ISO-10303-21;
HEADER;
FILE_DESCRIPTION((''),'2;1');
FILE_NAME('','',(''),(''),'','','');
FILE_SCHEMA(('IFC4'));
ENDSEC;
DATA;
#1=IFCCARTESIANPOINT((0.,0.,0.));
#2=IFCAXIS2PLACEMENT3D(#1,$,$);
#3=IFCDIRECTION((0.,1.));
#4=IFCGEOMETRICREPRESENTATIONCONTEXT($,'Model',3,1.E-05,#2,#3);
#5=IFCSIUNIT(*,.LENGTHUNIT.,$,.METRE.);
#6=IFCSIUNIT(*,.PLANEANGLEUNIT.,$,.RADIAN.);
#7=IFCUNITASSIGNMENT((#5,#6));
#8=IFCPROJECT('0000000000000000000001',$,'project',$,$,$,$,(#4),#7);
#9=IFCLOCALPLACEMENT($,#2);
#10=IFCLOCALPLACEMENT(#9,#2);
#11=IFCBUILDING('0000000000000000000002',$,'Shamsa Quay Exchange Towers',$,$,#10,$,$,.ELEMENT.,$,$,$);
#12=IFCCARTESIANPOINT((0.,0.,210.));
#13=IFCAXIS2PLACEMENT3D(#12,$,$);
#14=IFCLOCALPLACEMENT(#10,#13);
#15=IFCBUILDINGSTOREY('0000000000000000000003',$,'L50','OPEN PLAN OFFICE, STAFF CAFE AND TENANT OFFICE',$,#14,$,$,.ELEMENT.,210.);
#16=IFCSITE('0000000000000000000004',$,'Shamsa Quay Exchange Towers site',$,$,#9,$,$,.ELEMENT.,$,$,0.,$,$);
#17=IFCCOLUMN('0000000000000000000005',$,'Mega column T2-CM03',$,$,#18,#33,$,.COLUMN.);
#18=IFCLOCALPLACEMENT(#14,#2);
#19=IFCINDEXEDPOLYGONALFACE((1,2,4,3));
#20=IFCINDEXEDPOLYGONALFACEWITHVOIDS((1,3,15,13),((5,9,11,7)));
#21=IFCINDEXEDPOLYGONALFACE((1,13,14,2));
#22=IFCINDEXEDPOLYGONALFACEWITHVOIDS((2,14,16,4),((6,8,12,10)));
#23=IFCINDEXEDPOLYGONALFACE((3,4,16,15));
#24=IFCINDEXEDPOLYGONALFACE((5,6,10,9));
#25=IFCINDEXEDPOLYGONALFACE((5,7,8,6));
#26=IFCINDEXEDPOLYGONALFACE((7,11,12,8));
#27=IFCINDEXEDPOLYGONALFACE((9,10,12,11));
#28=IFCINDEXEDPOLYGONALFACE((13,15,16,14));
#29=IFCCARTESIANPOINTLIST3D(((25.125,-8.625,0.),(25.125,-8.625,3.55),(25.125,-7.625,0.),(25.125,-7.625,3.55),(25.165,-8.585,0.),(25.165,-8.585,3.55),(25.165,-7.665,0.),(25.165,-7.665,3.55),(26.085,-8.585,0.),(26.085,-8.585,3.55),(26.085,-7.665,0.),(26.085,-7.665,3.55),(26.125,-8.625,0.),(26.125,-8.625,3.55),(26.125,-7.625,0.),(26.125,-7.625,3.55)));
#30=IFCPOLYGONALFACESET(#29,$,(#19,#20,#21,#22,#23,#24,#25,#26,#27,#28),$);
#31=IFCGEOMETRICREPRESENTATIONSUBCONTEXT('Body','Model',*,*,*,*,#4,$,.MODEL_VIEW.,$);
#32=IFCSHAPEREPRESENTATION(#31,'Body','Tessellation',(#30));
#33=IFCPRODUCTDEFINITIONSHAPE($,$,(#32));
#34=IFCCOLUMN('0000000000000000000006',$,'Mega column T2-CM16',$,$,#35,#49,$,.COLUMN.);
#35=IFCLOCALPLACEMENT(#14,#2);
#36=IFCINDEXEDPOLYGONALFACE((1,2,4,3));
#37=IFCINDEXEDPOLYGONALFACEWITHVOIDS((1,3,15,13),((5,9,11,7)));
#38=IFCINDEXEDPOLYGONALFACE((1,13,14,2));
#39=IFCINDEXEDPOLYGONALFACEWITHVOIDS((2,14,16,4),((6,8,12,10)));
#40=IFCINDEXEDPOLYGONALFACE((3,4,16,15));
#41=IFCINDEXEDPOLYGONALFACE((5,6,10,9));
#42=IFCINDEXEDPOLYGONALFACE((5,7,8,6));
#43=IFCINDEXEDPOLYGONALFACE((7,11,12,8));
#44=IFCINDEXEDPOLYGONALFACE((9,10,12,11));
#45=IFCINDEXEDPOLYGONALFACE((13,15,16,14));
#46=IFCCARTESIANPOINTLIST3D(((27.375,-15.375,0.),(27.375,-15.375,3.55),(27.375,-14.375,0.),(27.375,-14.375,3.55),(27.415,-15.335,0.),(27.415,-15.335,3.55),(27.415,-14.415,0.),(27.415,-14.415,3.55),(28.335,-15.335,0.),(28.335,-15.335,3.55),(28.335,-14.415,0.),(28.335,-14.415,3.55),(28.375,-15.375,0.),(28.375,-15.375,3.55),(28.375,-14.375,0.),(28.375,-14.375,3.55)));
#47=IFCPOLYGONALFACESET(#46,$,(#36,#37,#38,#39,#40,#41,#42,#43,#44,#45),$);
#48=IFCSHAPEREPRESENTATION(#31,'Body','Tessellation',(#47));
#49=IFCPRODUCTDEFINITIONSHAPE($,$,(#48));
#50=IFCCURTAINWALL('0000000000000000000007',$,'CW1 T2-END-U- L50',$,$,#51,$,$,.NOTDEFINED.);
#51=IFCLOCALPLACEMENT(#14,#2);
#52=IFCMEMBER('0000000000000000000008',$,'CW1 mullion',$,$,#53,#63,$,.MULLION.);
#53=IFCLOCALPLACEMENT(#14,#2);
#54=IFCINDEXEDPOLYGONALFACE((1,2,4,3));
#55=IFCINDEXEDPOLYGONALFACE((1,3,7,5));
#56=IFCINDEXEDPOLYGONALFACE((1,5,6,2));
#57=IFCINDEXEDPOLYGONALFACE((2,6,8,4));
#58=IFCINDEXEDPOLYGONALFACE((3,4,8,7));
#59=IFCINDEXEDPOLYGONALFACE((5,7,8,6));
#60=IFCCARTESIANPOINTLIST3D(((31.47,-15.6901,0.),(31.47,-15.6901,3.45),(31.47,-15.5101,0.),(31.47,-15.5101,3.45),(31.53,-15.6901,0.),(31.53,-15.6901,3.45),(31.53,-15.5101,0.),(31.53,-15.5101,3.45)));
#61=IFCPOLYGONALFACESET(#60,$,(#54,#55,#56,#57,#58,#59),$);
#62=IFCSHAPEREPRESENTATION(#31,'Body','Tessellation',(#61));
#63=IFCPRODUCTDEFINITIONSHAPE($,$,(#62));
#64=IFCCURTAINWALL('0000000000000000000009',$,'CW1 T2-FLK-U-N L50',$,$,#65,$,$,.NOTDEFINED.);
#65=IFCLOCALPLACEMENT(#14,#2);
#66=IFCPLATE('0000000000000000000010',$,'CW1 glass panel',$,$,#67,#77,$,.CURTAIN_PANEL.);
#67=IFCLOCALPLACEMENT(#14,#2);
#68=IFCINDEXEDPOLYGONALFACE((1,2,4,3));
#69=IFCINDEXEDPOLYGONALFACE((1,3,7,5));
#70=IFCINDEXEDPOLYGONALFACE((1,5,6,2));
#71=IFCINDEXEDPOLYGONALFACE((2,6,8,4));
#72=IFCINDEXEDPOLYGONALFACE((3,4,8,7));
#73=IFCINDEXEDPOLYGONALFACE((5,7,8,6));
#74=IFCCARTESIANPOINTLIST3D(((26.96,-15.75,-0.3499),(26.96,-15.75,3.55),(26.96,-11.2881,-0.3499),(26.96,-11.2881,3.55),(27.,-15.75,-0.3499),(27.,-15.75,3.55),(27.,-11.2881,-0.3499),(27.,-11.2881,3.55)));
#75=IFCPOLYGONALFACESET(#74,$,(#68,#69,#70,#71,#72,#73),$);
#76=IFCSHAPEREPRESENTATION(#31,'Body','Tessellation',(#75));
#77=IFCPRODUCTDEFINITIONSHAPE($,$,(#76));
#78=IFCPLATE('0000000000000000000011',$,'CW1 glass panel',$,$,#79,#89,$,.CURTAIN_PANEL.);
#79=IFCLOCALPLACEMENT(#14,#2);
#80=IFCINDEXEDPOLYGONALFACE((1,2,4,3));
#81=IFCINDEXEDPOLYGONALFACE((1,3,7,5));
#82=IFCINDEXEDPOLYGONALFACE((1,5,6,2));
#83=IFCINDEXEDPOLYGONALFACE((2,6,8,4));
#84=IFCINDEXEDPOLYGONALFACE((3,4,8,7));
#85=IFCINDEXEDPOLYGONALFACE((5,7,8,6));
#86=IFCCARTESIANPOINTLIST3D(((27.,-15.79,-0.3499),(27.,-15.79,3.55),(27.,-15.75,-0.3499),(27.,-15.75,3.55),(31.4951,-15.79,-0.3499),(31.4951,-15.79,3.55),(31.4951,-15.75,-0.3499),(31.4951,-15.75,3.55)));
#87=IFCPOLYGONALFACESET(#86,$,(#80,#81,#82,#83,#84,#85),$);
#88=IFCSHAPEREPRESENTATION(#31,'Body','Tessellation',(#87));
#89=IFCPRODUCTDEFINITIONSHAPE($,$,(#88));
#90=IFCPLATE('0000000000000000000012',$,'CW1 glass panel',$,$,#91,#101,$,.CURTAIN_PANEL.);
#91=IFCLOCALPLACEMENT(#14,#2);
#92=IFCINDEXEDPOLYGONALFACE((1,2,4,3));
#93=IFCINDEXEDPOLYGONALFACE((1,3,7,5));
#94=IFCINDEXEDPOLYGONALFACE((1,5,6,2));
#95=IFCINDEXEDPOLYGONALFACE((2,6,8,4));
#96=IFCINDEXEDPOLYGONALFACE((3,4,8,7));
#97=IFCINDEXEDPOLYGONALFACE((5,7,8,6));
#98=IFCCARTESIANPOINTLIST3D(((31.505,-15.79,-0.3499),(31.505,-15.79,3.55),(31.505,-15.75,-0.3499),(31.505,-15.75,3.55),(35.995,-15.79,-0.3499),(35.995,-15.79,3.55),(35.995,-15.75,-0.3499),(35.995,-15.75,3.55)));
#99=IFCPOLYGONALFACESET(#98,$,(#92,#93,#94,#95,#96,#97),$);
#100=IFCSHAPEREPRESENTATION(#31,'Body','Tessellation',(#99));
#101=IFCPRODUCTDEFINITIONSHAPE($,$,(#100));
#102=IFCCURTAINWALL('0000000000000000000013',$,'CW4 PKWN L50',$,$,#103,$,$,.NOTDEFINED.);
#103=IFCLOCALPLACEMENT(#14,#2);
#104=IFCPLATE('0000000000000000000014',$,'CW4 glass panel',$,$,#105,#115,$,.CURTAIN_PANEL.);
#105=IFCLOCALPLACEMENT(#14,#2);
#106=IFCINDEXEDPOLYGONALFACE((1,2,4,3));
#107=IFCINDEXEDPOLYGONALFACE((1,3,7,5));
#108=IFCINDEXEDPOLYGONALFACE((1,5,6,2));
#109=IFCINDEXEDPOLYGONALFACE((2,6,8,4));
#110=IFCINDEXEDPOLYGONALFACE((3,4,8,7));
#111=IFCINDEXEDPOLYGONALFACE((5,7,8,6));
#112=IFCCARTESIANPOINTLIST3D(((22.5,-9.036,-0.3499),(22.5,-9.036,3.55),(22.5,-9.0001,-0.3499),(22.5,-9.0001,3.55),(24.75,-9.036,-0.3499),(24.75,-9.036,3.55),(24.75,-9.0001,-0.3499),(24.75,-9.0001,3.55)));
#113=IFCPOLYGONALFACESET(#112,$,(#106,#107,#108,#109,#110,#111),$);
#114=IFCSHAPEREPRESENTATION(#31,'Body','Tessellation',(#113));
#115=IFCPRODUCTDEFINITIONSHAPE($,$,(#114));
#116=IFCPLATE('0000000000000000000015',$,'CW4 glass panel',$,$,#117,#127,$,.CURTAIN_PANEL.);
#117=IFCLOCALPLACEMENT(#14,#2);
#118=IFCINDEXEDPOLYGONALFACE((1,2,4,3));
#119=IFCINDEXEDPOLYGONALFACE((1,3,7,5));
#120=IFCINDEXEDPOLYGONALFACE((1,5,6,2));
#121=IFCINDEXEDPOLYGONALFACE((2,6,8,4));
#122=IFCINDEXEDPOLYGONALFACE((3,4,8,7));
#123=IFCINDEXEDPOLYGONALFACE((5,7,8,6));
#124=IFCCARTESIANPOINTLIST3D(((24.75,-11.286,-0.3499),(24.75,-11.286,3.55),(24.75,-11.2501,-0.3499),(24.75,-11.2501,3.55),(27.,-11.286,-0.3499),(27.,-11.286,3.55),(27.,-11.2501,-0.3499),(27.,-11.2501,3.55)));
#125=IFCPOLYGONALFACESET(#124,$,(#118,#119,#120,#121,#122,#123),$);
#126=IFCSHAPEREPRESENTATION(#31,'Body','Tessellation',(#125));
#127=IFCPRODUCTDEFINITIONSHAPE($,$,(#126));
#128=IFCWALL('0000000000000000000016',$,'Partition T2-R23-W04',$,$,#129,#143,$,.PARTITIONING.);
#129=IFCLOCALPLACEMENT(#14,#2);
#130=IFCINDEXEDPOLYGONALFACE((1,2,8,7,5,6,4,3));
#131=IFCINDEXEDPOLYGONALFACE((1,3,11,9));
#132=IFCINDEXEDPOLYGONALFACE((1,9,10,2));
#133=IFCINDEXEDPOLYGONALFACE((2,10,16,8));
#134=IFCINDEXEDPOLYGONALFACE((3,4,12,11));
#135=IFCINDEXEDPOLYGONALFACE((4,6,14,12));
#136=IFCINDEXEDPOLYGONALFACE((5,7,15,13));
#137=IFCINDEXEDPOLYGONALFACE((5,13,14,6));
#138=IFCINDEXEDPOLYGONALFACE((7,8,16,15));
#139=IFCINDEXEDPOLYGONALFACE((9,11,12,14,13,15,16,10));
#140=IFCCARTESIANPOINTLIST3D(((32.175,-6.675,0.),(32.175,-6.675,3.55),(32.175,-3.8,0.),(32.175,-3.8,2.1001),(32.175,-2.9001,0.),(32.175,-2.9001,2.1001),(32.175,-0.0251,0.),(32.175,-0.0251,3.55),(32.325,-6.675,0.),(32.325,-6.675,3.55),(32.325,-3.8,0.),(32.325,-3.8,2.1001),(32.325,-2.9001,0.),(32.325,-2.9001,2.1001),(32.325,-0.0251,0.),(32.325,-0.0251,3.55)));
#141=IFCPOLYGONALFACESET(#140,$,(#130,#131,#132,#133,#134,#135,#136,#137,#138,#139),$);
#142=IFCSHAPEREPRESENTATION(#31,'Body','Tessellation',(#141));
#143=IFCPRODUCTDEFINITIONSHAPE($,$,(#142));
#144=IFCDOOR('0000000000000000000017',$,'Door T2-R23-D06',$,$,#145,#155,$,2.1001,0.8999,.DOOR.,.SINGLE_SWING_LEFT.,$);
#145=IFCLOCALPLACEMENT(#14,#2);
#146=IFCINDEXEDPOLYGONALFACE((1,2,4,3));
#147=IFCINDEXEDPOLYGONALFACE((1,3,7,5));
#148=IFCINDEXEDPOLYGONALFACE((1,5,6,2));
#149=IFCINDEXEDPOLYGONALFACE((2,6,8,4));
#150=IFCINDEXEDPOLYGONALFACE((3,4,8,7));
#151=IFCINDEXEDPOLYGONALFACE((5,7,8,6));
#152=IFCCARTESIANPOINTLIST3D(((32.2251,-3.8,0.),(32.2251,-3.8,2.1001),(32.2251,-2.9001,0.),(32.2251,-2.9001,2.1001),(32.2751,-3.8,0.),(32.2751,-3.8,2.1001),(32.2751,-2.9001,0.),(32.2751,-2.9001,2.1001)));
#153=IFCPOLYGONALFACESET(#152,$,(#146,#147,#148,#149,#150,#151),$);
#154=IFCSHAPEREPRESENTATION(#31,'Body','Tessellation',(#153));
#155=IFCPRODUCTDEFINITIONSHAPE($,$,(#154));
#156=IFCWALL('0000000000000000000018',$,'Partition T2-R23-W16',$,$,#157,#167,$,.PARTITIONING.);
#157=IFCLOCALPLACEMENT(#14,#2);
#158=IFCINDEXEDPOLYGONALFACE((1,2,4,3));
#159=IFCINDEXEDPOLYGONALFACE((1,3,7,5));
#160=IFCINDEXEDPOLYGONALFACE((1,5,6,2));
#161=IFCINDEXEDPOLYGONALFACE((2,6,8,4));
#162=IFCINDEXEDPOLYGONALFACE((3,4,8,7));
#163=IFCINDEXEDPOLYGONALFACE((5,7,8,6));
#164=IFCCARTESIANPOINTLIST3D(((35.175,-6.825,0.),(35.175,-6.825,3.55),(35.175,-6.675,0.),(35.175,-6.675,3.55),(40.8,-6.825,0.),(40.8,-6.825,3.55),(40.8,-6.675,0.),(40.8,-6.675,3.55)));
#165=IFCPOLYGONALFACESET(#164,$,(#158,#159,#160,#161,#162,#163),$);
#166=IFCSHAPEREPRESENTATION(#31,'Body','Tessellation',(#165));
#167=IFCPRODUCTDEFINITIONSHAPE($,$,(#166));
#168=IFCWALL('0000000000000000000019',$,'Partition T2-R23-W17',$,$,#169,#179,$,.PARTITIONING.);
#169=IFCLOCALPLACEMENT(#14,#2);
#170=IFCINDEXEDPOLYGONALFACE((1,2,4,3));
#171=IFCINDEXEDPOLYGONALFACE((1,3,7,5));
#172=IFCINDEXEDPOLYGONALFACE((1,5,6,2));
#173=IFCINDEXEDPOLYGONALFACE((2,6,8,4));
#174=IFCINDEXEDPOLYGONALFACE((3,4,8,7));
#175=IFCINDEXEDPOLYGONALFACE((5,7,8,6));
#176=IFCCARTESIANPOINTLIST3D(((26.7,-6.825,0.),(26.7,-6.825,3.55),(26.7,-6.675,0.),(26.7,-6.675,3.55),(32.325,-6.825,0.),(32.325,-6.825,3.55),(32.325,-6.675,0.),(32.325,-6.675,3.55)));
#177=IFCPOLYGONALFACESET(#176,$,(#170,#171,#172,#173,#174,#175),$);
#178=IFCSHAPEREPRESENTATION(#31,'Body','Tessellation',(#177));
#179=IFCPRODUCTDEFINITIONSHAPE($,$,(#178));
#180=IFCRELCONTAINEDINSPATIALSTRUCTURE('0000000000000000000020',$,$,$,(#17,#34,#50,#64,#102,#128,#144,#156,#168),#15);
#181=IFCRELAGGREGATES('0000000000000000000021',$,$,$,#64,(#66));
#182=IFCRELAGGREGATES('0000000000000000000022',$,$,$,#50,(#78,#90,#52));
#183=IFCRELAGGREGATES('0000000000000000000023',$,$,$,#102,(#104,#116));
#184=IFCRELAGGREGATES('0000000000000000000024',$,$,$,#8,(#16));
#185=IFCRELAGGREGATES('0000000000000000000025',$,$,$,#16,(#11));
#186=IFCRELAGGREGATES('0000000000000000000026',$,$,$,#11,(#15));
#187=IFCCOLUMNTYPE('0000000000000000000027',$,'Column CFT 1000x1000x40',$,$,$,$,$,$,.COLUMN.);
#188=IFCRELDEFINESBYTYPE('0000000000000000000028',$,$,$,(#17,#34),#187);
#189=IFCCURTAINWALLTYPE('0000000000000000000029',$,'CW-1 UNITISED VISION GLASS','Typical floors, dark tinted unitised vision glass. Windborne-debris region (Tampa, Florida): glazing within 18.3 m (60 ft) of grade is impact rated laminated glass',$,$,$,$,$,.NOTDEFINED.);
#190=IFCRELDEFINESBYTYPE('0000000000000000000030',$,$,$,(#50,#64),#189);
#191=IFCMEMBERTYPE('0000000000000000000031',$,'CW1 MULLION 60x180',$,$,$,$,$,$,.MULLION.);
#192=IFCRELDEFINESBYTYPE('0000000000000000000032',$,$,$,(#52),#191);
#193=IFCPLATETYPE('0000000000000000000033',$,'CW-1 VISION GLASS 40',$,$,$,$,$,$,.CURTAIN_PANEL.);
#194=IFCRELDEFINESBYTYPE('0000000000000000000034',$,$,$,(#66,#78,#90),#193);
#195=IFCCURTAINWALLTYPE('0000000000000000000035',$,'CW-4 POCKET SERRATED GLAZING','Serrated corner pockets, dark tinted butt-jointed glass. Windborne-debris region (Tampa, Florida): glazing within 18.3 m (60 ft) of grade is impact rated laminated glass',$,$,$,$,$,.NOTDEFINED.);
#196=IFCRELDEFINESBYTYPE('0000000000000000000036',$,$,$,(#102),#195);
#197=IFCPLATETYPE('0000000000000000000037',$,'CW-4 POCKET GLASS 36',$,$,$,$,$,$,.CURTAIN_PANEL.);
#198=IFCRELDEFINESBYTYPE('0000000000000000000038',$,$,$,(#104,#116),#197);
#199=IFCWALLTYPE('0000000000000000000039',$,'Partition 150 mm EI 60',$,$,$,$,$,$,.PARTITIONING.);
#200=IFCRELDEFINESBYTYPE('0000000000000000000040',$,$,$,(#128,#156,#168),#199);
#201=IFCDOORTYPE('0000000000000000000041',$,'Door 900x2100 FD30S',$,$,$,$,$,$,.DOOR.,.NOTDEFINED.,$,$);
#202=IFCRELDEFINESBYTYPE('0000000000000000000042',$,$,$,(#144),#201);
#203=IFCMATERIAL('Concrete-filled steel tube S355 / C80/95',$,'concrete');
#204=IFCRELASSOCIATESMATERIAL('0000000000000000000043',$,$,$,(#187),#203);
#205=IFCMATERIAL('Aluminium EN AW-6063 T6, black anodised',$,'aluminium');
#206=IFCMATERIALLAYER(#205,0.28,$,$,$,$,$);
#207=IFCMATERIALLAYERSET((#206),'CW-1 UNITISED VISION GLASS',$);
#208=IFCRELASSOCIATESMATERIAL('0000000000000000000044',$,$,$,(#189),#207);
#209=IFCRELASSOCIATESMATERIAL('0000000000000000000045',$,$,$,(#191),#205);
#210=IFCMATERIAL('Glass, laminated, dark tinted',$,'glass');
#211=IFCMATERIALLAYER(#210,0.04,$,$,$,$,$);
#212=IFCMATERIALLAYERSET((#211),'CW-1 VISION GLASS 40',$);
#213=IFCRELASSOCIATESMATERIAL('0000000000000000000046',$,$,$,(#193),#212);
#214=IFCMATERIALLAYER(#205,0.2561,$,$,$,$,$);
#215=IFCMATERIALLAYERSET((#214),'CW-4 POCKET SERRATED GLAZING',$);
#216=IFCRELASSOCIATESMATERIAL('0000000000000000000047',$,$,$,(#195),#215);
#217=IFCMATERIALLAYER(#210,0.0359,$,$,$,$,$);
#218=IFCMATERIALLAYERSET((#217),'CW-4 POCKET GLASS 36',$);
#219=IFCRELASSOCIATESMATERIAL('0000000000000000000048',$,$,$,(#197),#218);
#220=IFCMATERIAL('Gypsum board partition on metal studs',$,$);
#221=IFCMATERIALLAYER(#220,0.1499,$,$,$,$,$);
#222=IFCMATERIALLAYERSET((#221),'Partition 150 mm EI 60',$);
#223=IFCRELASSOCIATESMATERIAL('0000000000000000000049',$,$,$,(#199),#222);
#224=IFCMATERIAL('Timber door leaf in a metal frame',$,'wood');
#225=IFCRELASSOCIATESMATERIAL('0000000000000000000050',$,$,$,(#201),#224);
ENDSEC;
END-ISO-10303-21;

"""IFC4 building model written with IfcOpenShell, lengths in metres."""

from ifc_helpers import new_model, si_unit, direction, frame, frame_2d, origin, origin_2d, place, context, subcontext, project, spatial, rectangle, hollow_rectangle, extrude, material, layer, layer_set, material_profile, profile_set, type_object, element, fill, aggregate, save


model = new_model("IFC4")

# Units and contexts
model_context = context("Model", 3, precision=1e-05, world=origin(), true_north=direction((0.0, 1.0)))
body_context = subcontext(model_context, "Body", "Model", "MODEL_VIEW")
ifc_project = project(units=[si_unit("LENGTHUNIT", "METRE"), si_unit("PLANEANGLEUNIT", "RADIAN")], contexts=[model_context])

# Site, building, storey
site_placement = place(None, origin())
site = spatial("IfcSite", under=ifc_project, at=site_placement, Name="Shamsa Quay Exchange Towers site", CompositionType="ELEMENT", RefElevation=0.0)
building_placement = place(site_placement, origin())
building = spatial("IfcBuilding", under=site, at=building_placement, Name="Shamsa Quay Exchange Towers", CompositionType="ELEMENT")
storey_placement = place(building_placement, frame((0.0, 0.0, 210.0)))
storey = spatial("IfcBuildingStorey", under=building, at=storey_placement, Name="L50", Description="OPEN PLAN OFFICE, STAFF CAFE AND TENANT OFFICE", CompositionType="ELEMENT", Elevation=210.0)

# Columns
ifc_material_1 = material(Name="Concrete-filled steel tube S355 / C80/95", Category="concrete")
ifc_material_profile_1 = material_profile(ifc_material_1, hollow_rectangle(XDim=1.0, YDim=1.0, WallThickness=0.04, at=origin_2d()), Name="CFT 1000x1000x40")
ifc_profile_set_1 = profile_set([ifc_material_profile_1], Name="Concrete-filled steel tube S355 / C80/95")
column_type = type_object("IfcColumnType", Name="Column CFT 1000x1000x40", PredefinedType="COLUMN", material=ifc_profile_set_1)
for number, where, name in (
    (1, (25.625, -8.125, 0.0), "Mega column T2-CM03"),
    (2, (27.875, -14.875, 0.0), "Mega column T2-CM16"),
):
    element("IfcColumn", number, at=place(storey_placement, frame(where)), inside=storey, type_object=column_type, Name=name, PredefinedType="COLUMN", context=body_context, shape_type="SweptSolid", body=[
        extrude(hollow_rectangle(XDim=1.0, YDim=1.0, WallThickness=0.04, at=origin_2d()), origin(), (0.0, 0.0, 1.0), 3.55),
    ])

# Curtain wall, member
ifc_material_2 = material(Name="Aluminium EN AW-6063 T6, black anodised", Category="aluminium")
ifc_layer_1 = layer(ifc_material_2, 0.28)
ifc_layer_set_1 = layer_set([ifc_layer_1], Name="CW-1 UNITISED VISION GLASS")
curtain_wall_type_1 = type_object("IfcCurtainWallType", Name="CW-1 UNITISED VISION GLASS", Description="Typical floors, dark tinted unitised vision glass. Windborne-debris region (Tampa, Florida): glazing within 18.3 m (60 ft) of grade is impact rated laminated glass", PredefinedType="NOTDEFINED", material=ifc_layer_set_1)
curtain_wall_1_placement = place(storey_placement, origin())
curtain_wall_1 = element("IfcCurtainWall", 3, at=curtain_wall_1_placement, inside=storey, type_object=curtain_wall_type_1, Name="CW1 T2-END-U- L50", PredefinedType="NOTDEFINED")
ifc_material_profile_2 = material_profile(ifc_material_2, rectangle(XDim=0.1799, YDim=0.0601, at=origin_2d()), Name="MU60x180")
ifc_profile_set_2 = profile_set([ifc_material_profile_2], Name="Aluminium EN AW-6063 T6, black anodised")
member_type = type_object("IfcMemberType", Name="CW1 MULLION 60x180", PredefinedType="MULLION", material=ifc_profile_set_2)
member_placement = place(storey_placement, frame((31.5, -15.6001, 0.0), z_axis=(0.0, 0.0, 1.0), x_axis=(0.0, 1.0, 0.0)))
member = element("IfcMember", 4, at=member_placement, type_object=member_type, Name="CW1 mullion", PredefinedType="MULLION", context=body_context, shape_type="SweptSolid", body=[
    extrude(rectangle(XDim=0.1799, YDim=0.0601, at=origin_2d()), origin(), (0.0, 0.0, 1.0), 3.45),
])

# Curtain wall, plate
curtain_wall_2_placement = place(storey_placement, origin())
curtain_wall_2 = element("IfcCurtainWall", 5, at=curtain_wall_2_placement, inside=storey, type_object=curtain_wall_type_1, Name="CW1 T2-FLK-U-N L50", PredefinedType="NOTDEFINED")
ifc_material_3 = material(Name="Glass, laminated, dark tinted", Category="glass")
ifc_layer_2 = layer(ifc_material_3, 0.04)
ifc_layer_set_2 = layer_set([ifc_layer_2], Name="CW-1 VISION GLASS 40")
plate_type_1 = type_object("IfcPlateType", Name="CW-1 VISION GLASS 40", PredefinedType="CURTAIN_PANEL", material=ifc_layer_set_2)
plate_1_placement = place(storey_placement, frame((26.98, -13.519, -0.3499), z_axis=(0.0, 0.0, 1.0), x_axis=(0.0, -1.0, 0.0)))
plate_1 = element("IfcPlate", 6, at=plate_1_placement, type_object=plate_type_1, Name="CW1 glass panel", PredefinedType="CURTAIN_PANEL", context=body_context, shape_type="SweptSolid", body=[
    extrude(rectangle(XDim=4.4619, YDim=0.04, at=origin_2d()), origin(), (0.0, 0.0, 1.0), 3.8999),
])
aggregate(curtain_wall_2, [plate_1])

# Plates
plate_2_placement = place(storey_placement, frame((29.2476, -15.77, -0.3499)))
plate_2 = element("IfcPlate", 7, at=plate_2_placement, type_object=plate_type_1, Name="CW1 glass panel", PredefinedType="CURTAIN_PANEL", context=body_context, shape_type="SweptSolid", body=[
    extrude(rectangle(XDim=4.4951, YDim=0.04, at=origin_2d()), origin(), (0.0, 0.0, 1.0), 3.8999),
])
plate_3_placement = place(storey_placement, frame((33.75, -15.77, -0.3499)))
plate_3 = element("IfcPlate", 8, at=plate_3_placement, type_object=plate_type_1, Name="CW1 glass panel", PredefinedType="CURTAIN_PANEL", context=body_context, shape_type="SweptSolid", body=[
    extrude(rectangle(XDim=4.49, YDim=0.04, at=origin_2d()), origin(), (0.0, 0.0, 1.0), 3.8999),
])
aggregate(curtain_wall_1, [plate_2, plate_3, member])

# Curtain wall, plates
ifc_layer_3 = layer(ifc_material_2, 0.2561)
ifc_layer_set_3 = layer_set([ifc_layer_3], Name="CW-4 POCKET SERRATED GLAZING")
curtain_wall_type_2 = type_object("IfcCurtainWallType", Name="CW-4 POCKET SERRATED GLAZING", Description="Serrated corner pockets, dark tinted butt-jointed glass. Windborne-debris region (Tampa, Florida): glazing within 18.3 m (60 ft) of grade is impact rated laminated glass", PredefinedType="NOTDEFINED", material=ifc_layer_set_3)
curtain_wall_3_placement = place(storey_placement, origin())
curtain_wall_3 = element("IfcCurtainWall", 9, at=curtain_wall_3_placement, inside=storey, type_object=curtain_wall_type_2, Name="CW4 PKWN L50", PredefinedType="NOTDEFINED")
ifc_layer_4 = layer(ifc_material_3, 0.0359)
ifc_layer_set_4 = layer_set([ifc_layer_4], Name="CW-4 POCKET GLASS 36")
plate_type_2 = type_object("IfcPlateType", Name="CW-4 POCKET GLASS 36", PredefinedType="CURTAIN_PANEL", material=ifc_layer_set_4)
plate_4_placement = place(storey_placement, frame((23.625, -9.0181, -0.3499)))
plate_4 = element("IfcPlate", 10, at=plate_4_placement, type_object=plate_type_2, Name="CW4 glass panel", PredefinedType="CURTAIN_PANEL", context=body_context, shape_type="SweptSolid", body=[
    extrude(rectangle(XDim=2.25, YDim=0.0359, at=origin_2d()), origin(), (0.0, 0.0, 1.0), 3.8999),
])
plate_5_placement = place(storey_placement, frame((25.875, -11.2681, -0.3499)))
plate_5 = element("IfcPlate", 11, at=plate_5_placement, type_object=plate_type_2, Name="CW4 glass panel", PredefinedType="CURTAIN_PANEL", context=body_context, shape_type="SweptSolid", body=[
    extrude(rectangle(XDim=2.25, YDim=0.0359, at=origin_2d()), origin(), (0.0, 0.0, 1.0), 3.8999),
])
aggregate(curtain_wall_3, [plate_4, plate_5])

# Wall, opening, door
ifc_material_4 = material(Name="Gypsum board partition on metal studs")
ifc_layer_5 = layer(ifc_material_4, 0.1499)
ifc_layer_set_5 = layer_set([ifc_layer_5], Name="Partition 150 mm EI 60")
wall_type_1 = type_object("IfcWallType", Name="Partition 150 mm EI 60", PredefinedType="PARTITIONING", material=ifc_layer_set_5)
wall_1_placement = place(storey_placement, frame((32.25, -6.675, 0.0), z_axis=(0.0, 0.0, 1.0), x_axis=(0.0, 1.0, 0.0)))
wall_1 = element("IfcWall", 12, at=wall_1_placement, inside=storey, type_object=wall_type_1, Name="Partition T2-R23-W04", PredefinedType="PARTITIONING", context=body_context, shape_type="SweptSolid", body=[
    extrude(rectangle(XDim=6.6499, YDim=0.1499, at=frame_2d((3.325, 0.0))), origin(), (0.0, 0.0, 1.0), 3.55),
])
opening_1_placement = place(wall_1_placement, frame((2.875, 0.0, 0.0)))
opening_1 = element("IfcOpeningElement", 13, at=opening_1_placement, cuts=wall_1, PredefinedType="OPENING", context=body_context, shape_type="SweptSolid", body=[
    extrude(rectangle(XDim=0.8999, YDim=2.1001, at=frame_2d((0.45, 1.05))), frame((0.0, 0.085, 0.0), z_axis=(0.0, -1.0, 0.0), x_axis=(1.0, 0.0, 0.0)), (0.0, 0.0, 1.0), 0.1699),
])
ifc_material_5 = material(Name="Timber door leaf in a metal frame", Category="wood")
door_type_1 = type_object("IfcDoorType", Name="Door 900x2100 FD30S", OperationType="NOTDEFINED", PredefinedType="DOOR", material=ifc_material_5)
door_1_placement = place(opening_1_placement, origin())
door_1 = element("IfcDoor", 14, at=door_1_placement, inside=storey, type_object=door_type_1, Name="Door T2-R23-D06", OperationType="SINGLE_SWING_LEFT", OverallHeight=2.1001, OverallWidth=0.8999, PredefinedType="DOOR", context=body_context, shape_type="SweptSolid", body=[
    extrude(rectangle(XDim=0.8999, YDim=2.1001, at=frame_2d((0.45, 1.05))), frame((0.0, 0.0249, 0.0), z_axis=(0.0, -1.0, 0.0), x_axis=(1.0, 0.0, 0.0)), (0.0, 0.0, 1.0), 0.05),
])
fill(opening_1, door_1)

# Walls
for number, where, name in (
    (15, (35.175, -6.75, 0.0), "Partition T2-R23-W16"),
    (16, (26.7, -6.75, 0.0), "Partition T2-R23-W17"),
):
    element("IfcWall", number, at=place(storey_placement, frame(where)), inside=storey, type_object=wall_type_1, Name=name, PredefinedType="PARTITIONING", context=body_context, shape_type="SweptSolid", body=[
        extrude(rectangle(XDim=5.625, YDim=0.1499, at=frame_2d((2.8125, 0.0))), origin(), (0.0, 0.0, 1.0), 3.55),
    ])

save(model, "model.ifc")
